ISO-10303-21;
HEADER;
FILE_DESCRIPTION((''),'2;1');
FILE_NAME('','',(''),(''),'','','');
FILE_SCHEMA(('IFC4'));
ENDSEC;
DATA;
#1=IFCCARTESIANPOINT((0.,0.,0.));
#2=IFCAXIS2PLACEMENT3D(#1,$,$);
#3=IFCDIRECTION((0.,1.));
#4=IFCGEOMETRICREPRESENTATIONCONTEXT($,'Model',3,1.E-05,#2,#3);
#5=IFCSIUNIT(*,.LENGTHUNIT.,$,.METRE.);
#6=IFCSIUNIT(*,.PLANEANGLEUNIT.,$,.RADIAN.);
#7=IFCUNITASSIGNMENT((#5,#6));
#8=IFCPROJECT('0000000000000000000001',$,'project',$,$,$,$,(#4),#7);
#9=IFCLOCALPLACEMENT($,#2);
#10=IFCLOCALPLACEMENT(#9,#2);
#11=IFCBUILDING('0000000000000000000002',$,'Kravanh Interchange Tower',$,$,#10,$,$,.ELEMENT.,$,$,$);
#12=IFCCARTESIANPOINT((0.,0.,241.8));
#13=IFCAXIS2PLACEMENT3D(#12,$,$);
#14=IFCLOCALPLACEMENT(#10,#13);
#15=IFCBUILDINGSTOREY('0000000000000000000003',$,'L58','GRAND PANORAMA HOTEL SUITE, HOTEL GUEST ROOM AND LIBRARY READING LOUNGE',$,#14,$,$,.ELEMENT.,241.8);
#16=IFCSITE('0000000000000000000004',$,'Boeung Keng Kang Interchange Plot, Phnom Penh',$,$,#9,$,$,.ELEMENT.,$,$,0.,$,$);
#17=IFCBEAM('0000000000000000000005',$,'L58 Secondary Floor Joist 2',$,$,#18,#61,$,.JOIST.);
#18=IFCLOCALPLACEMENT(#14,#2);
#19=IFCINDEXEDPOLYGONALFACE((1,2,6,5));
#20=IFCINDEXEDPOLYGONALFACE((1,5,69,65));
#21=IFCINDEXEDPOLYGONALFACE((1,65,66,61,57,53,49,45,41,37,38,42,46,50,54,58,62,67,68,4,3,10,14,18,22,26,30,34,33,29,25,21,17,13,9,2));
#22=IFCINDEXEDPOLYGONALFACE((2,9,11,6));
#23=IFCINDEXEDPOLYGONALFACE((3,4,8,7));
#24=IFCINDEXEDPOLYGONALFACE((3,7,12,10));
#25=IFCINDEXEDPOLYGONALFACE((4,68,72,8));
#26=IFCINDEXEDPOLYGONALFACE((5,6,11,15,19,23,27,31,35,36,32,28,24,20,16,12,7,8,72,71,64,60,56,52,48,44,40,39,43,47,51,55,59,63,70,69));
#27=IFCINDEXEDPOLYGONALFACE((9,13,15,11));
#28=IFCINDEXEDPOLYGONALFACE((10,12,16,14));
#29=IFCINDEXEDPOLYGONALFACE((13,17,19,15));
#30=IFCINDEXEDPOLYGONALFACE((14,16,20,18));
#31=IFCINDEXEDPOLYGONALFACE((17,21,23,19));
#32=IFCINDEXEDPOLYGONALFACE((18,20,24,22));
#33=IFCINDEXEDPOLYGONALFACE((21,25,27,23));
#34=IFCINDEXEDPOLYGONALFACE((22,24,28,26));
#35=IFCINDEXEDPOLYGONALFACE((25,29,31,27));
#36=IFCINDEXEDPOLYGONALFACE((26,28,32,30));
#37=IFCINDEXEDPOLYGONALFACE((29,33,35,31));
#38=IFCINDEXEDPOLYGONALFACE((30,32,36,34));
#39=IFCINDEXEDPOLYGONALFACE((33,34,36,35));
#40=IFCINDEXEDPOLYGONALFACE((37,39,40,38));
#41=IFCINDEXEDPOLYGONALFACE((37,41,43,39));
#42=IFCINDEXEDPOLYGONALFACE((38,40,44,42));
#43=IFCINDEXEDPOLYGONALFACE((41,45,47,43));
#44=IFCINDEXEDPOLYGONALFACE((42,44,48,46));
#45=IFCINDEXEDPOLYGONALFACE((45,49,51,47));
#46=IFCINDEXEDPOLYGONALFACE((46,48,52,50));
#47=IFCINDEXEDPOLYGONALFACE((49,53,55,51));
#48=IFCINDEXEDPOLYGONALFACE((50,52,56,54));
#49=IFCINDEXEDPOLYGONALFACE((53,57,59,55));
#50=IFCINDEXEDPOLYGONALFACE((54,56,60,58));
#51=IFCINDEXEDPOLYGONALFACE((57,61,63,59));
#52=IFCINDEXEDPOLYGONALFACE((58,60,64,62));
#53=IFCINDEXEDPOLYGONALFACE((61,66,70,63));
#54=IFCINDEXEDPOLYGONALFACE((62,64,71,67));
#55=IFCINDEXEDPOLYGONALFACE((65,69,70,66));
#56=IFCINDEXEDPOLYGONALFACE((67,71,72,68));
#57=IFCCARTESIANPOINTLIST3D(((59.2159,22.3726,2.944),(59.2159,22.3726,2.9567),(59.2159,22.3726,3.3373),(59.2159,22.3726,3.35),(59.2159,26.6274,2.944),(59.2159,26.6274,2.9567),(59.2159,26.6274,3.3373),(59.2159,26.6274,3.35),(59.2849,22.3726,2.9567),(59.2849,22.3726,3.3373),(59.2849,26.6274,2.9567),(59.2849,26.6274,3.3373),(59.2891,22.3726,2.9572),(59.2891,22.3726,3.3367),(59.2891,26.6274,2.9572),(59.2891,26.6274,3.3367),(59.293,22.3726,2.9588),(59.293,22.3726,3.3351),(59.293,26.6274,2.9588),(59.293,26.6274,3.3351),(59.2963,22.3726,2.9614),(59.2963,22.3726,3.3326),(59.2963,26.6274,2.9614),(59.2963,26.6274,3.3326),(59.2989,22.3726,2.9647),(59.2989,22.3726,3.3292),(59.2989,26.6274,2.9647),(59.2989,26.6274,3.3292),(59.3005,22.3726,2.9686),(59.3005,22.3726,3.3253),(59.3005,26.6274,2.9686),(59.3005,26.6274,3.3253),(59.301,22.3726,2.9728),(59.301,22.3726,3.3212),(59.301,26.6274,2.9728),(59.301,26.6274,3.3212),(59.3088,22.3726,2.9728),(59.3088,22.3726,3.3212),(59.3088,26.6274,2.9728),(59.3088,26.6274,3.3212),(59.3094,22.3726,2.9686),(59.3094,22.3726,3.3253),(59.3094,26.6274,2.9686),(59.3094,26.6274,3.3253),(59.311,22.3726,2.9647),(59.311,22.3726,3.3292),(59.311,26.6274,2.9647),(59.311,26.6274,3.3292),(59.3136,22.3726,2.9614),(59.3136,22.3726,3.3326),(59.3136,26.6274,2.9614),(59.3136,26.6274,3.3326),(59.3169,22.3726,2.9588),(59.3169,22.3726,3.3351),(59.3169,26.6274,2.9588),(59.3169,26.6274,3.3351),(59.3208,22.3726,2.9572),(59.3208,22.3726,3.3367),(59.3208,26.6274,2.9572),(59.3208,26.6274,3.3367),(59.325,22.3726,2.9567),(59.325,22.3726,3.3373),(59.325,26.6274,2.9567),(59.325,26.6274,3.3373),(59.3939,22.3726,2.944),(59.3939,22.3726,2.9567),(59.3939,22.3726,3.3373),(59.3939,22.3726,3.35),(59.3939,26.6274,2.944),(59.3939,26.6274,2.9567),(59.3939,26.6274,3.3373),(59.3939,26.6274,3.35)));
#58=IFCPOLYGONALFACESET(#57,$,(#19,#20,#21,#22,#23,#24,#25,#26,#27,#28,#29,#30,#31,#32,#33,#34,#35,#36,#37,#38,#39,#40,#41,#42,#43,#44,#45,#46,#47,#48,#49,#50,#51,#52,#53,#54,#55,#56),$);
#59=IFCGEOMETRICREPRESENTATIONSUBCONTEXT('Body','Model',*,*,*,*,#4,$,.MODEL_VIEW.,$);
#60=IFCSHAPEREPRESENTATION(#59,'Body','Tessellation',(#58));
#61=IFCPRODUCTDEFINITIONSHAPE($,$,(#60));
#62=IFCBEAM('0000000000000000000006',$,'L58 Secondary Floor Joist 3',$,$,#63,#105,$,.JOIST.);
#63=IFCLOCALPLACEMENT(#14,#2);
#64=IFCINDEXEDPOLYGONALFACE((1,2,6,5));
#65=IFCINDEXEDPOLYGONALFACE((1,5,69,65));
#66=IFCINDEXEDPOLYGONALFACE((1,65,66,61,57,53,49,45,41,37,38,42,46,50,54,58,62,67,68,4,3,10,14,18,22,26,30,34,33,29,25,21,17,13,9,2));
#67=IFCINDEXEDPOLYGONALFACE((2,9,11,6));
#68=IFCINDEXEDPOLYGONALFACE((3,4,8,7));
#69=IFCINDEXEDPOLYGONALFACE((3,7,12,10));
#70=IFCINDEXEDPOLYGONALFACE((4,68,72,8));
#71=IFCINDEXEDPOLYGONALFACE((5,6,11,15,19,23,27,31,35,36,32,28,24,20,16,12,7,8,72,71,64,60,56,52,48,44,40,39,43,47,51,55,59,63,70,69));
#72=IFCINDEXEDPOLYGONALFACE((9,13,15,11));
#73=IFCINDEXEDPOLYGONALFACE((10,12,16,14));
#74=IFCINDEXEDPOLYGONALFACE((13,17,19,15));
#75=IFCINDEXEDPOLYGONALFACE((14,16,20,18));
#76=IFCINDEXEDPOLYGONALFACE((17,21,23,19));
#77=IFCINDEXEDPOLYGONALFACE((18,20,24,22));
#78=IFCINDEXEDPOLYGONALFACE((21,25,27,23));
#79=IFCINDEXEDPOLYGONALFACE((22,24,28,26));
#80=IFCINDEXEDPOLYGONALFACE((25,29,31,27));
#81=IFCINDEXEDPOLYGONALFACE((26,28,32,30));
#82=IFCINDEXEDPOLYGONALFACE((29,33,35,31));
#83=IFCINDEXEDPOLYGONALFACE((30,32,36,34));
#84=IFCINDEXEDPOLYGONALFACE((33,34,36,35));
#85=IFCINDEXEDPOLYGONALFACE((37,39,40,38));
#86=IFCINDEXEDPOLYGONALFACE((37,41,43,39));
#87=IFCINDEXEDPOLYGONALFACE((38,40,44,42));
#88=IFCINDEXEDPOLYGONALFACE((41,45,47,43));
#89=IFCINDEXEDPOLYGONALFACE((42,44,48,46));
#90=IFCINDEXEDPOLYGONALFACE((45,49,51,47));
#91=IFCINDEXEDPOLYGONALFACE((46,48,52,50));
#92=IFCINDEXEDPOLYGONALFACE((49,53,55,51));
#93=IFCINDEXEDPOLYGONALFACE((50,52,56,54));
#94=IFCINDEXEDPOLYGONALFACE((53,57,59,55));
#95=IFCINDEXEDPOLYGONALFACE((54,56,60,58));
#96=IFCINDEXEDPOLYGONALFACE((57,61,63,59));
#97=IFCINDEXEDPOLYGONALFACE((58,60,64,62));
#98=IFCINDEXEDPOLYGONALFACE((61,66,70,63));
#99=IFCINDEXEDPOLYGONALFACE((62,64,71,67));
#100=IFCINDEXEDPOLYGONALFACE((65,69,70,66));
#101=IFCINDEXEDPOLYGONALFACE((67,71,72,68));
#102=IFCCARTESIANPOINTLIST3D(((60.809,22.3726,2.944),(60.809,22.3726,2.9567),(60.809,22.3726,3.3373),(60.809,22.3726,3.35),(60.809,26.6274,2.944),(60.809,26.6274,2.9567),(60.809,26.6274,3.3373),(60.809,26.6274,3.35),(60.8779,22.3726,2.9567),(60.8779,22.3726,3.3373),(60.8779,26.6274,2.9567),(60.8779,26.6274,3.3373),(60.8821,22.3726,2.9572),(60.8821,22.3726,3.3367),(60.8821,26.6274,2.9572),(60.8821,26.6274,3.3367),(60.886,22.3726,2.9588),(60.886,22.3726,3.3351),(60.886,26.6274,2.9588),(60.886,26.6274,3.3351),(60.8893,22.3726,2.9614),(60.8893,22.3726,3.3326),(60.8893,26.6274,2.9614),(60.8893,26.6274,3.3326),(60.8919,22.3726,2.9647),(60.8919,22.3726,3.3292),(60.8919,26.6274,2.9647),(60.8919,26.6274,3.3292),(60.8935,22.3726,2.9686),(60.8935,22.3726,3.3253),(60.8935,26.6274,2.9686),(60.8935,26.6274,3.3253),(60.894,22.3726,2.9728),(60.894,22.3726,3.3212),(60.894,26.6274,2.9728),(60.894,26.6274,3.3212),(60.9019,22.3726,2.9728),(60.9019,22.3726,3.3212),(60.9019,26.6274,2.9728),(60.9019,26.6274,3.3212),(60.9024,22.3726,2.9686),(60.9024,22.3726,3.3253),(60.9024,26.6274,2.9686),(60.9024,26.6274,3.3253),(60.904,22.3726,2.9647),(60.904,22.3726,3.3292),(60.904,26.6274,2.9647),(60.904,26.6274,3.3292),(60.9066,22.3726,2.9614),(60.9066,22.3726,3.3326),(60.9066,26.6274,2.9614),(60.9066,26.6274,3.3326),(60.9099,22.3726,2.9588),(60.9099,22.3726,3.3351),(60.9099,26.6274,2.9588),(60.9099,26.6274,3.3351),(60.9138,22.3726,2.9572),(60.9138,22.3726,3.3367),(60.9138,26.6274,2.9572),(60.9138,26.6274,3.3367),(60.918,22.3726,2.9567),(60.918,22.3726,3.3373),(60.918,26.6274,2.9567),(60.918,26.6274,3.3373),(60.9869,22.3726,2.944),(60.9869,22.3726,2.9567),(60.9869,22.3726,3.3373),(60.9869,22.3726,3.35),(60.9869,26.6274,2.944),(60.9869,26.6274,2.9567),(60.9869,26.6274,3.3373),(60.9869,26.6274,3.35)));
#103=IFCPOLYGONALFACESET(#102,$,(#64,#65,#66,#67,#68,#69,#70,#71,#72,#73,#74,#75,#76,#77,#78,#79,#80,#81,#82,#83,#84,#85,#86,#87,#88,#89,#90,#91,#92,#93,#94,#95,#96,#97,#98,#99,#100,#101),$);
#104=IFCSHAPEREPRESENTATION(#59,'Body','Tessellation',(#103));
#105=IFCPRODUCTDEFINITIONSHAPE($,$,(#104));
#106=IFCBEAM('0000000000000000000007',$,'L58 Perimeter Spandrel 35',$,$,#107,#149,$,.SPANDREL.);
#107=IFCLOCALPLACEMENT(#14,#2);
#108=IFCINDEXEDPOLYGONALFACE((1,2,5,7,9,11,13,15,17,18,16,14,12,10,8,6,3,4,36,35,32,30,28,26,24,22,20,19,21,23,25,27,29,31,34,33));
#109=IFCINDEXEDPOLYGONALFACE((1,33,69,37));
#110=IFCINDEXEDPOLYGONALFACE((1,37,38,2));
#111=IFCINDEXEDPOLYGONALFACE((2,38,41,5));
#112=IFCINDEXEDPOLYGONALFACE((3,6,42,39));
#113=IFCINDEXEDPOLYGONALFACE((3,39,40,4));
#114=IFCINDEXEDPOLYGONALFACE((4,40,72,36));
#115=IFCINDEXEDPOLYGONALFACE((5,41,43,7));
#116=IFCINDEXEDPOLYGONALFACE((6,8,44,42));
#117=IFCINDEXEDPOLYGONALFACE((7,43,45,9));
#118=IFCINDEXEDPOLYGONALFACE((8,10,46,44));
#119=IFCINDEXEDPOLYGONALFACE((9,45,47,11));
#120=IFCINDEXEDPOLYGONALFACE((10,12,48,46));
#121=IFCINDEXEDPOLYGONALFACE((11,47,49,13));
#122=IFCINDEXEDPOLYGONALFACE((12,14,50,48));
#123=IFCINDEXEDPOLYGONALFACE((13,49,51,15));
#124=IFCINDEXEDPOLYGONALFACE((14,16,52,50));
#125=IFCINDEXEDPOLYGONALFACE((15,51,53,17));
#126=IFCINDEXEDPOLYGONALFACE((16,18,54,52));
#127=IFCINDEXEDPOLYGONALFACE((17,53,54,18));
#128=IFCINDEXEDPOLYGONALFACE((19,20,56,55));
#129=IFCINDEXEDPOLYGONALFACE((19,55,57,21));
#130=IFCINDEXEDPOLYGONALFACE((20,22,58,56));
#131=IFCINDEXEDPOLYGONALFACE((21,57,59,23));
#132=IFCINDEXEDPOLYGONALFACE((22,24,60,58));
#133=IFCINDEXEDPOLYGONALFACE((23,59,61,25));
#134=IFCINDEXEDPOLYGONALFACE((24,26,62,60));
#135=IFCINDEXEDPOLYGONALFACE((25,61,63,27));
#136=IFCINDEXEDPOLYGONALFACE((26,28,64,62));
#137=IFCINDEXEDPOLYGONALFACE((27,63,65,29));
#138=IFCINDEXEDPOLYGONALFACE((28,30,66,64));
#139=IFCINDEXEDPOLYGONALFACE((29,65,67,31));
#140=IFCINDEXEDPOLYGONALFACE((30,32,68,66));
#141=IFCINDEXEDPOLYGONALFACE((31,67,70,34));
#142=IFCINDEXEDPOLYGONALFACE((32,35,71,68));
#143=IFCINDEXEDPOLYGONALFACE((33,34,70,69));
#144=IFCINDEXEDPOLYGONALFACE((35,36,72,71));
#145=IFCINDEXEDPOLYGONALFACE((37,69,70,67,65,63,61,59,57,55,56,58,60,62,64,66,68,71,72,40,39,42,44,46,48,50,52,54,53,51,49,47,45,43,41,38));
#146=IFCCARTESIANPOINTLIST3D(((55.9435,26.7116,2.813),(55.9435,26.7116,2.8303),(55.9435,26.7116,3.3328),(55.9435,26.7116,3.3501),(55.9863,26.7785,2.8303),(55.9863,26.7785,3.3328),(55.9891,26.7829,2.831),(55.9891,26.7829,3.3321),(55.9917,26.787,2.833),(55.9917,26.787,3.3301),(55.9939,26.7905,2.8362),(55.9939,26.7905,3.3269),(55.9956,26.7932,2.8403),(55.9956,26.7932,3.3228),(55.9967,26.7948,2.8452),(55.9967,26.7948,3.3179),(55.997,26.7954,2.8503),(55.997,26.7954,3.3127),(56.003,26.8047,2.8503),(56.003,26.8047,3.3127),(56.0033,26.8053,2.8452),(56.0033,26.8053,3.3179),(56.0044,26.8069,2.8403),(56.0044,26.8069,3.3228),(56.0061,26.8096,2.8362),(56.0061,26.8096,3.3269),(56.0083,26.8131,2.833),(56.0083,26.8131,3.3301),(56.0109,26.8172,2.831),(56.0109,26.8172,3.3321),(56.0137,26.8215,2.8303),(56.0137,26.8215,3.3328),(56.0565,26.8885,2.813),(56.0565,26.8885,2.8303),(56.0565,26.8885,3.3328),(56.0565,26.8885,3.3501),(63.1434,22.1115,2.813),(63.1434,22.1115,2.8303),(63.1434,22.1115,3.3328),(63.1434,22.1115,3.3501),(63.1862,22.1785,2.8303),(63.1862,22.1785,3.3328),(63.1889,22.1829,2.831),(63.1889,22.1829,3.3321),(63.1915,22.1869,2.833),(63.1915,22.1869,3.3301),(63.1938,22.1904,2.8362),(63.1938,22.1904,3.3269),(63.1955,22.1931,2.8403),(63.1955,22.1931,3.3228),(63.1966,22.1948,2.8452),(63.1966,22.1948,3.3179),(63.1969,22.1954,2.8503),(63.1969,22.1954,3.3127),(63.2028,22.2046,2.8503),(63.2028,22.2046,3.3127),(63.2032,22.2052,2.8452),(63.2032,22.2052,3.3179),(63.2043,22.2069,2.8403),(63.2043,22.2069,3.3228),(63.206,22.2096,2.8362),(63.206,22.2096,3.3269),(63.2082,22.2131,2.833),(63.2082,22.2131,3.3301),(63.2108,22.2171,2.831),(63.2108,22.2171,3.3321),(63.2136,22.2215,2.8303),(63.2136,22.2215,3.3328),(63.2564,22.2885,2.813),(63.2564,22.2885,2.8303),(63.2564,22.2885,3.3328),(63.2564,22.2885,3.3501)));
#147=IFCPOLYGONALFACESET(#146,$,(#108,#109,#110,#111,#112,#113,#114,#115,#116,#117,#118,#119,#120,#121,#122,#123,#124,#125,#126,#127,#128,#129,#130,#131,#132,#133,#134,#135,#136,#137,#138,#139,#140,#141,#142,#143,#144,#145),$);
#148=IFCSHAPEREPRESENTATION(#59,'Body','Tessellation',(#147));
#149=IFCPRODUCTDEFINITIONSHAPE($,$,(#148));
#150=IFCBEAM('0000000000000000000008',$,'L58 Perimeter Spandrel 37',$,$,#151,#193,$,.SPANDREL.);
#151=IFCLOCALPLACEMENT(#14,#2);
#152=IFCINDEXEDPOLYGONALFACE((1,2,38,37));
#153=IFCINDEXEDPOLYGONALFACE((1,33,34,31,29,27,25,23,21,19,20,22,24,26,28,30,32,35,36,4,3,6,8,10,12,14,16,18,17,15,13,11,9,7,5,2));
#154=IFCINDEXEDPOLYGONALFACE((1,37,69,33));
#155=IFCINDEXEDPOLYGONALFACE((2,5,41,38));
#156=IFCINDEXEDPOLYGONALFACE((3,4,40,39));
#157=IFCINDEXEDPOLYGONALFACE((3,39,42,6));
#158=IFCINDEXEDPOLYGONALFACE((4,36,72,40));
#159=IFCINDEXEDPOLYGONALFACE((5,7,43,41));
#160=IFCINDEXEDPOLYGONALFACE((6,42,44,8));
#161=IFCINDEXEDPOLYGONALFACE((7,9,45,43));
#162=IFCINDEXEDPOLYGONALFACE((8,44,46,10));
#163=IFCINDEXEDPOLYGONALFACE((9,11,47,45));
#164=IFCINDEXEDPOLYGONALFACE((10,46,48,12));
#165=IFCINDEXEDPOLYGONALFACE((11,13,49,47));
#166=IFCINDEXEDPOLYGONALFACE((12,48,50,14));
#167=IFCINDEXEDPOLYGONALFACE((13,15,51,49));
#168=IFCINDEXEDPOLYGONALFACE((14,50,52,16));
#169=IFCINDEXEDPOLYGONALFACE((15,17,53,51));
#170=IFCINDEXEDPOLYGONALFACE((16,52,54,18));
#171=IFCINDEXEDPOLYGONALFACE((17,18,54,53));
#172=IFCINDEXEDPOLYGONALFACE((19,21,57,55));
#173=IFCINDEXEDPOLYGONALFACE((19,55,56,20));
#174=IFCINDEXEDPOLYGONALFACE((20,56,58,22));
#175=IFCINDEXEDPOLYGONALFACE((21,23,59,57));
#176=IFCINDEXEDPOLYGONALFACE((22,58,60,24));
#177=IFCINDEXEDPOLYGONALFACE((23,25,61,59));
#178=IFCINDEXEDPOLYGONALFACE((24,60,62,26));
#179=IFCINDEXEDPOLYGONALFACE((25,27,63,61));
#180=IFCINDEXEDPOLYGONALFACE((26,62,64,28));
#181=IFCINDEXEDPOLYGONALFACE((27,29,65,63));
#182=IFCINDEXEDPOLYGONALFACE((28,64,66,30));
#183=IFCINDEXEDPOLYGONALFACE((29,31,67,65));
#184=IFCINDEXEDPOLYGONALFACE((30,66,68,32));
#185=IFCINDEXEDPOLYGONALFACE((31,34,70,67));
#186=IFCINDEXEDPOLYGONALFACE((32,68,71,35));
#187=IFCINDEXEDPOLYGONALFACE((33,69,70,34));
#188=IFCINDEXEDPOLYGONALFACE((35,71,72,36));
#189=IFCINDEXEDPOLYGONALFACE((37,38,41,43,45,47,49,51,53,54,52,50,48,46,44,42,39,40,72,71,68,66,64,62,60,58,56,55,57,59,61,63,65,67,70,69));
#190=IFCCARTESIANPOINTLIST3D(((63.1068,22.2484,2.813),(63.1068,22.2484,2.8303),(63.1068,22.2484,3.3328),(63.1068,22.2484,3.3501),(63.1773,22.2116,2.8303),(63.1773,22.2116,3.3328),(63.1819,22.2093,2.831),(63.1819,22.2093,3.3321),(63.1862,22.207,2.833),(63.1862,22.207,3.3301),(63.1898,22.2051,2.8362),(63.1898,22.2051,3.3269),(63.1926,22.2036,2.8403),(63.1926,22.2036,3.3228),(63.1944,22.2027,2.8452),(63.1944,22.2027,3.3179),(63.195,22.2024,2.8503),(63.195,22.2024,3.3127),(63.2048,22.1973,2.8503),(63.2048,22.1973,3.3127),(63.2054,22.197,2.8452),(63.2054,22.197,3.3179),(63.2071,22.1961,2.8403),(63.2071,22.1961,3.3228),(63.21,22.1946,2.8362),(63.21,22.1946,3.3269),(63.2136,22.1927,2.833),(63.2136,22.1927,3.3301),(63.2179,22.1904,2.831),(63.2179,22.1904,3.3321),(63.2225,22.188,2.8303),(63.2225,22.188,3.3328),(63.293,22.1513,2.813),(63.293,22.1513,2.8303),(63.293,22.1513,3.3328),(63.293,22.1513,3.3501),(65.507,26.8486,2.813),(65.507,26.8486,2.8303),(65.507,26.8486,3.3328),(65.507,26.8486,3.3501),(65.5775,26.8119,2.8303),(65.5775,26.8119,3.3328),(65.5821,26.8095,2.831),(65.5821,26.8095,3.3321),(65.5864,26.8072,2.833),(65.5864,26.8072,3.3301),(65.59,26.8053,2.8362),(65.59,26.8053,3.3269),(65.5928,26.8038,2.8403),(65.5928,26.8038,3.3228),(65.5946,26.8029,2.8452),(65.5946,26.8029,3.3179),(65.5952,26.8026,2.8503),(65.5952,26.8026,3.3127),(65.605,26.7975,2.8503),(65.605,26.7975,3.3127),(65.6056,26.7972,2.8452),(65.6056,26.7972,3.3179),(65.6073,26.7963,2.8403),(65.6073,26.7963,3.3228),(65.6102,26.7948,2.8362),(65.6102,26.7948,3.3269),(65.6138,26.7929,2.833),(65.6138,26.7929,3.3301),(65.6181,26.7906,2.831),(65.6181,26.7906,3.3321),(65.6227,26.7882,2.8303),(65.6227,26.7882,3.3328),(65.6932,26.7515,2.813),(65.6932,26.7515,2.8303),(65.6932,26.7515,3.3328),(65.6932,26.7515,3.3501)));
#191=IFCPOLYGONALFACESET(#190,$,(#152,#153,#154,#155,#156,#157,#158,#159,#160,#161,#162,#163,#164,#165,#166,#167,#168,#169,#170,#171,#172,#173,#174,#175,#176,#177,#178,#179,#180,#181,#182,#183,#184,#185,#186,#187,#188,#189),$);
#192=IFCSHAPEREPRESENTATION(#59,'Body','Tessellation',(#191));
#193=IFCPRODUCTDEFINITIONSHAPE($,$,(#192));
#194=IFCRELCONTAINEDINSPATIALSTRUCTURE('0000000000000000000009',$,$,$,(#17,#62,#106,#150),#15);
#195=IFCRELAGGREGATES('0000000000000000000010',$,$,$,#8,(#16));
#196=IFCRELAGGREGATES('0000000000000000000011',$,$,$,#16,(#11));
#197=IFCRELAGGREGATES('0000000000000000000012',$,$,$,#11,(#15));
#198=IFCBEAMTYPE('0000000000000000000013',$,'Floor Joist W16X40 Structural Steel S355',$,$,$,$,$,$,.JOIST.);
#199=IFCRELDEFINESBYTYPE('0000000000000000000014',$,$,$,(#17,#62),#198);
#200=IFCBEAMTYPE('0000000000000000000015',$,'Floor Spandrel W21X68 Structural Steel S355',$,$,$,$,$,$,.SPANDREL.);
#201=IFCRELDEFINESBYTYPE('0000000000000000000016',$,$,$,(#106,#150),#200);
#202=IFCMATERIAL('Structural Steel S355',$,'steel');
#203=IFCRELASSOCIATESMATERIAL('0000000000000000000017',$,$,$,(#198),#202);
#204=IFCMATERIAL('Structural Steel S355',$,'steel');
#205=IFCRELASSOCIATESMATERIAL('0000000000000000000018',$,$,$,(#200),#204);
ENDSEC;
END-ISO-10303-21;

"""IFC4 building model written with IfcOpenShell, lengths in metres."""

from ifc_helpers import new_model, si_unit, direction, frame, origin, origin_2d, place, context, subcontext, project, spatial, i_section, extrude, material, material_profile, profile_set, type_object, element, save


model = new_model("IFC4")

# Units and contexts
model_context = context("Model", 3, precision=1e-05, world=origin(), true_north=direction((0.0, 1.0)))
body_context = subcontext(model_context, "Body", "Model", "MODEL_VIEW")
ifc_project = project(units=[si_unit("LENGTHUNIT", "METRE"), si_unit("PLANEANGLEUNIT", "RADIAN")], contexts=[model_context])

# Site, building, storey
site_placement = place(None, origin())
site = spatial("IfcSite", under=ifc_project, at=site_placement, Name="Boeung Keng Kang Interchange Plot, Phnom Penh", CompositionType="ELEMENT", RefElevation=0.0)
building_placement = place(site_placement, origin())
building = spatial("IfcBuilding", under=site, at=building_placement, Name="Kravanh Interchange Tower", CompositionType="ELEMENT")
storey_placement = place(building_placement, frame((0.0, 0.0, 241.8)))
storey = spatial("IfcBuildingStorey", under=building, at=storey_placement, Name="L58", Description="GRAND PANORAMA HOTEL SUITE, HOTEL GUEST ROOM AND LIBRARY READING LOUNGE", CompositionType="ELEMENT", Elevation=241.8)

# Beams
ifc_material_1 = material(Name="Structural Steel S355", Category="steel")
ifc_material_profile_1 = material_profile(ifc_material_1, i_section(OverallWidth=0.178, OverallDepth=0.406, WebThickness=0.0078, FlangeThickness=0.0127, FilletRadius=0.0161, at=origin_2d()), Name="W16X40")
ifc_profile_set_1 = profile_set([ifc_material_profile_1], Name="Structural Steel S355")
beam_type_1 = type_object("IfcBeamType", Name="Floor Joist W16X40 Structural Steel S355", PredefinedType="JOIST", material=ifc_profile_set_1)
for number, where, z_axis, x_axis, name in (
    (1, (59.3049, 22.3726, 3.147), (0.0, 1.0, 0.0), (-1.0, 0.0, 0.0), "L58 Secondary Floor Joist 2"),
    (2, (60.8979, 22.3726, 3.147), (0.0, 1.0, 0.0), (-1.0, 0.0, 0.0), "L58 Secondary Floor Joist 3"),
):
    element("IfcBeam", number, at=place(storey_placement, frame(where, z_axis=z_axis, x_axis=x_axis)), inside=storey, type_object=beam_type_1, Name=name, PredefinedType="JOIST", context=body_context, shape_type="SweptSolid", body=[
        extrude(i_section(OverallWidth=0.178, OverallDepth=0.406, WebThickness=0.0078, FlangeThickness=0.0127, FilletRadius=0.0161, at=origin_2d()), origin(), (0.0, 0.0, 1.0), 4.2549),
    ])
ifc_material_2 = material(Name="Structural Steel S355", Category="steel")
ifc_material_profile_2 = material_profile(ifc_material_2, i_section(OverallWidth=0.21, OverallDepth=0.5371, WebThickness=0.011, FlangeThickness=0.0173, FilletRadius=0.02, at=origin_2d()), Name="W21X68")
ifc_profile_set_2 = profile_set([ifc_material_profile_2], Name="Structural Steel S355")
beam_type_2 = type_object("IfcBeamType", Name="Floor Spandrel W21X68 Structural Steel S355", PredefinedType="SPANDREL", material=ifc_profile_set_2)
beam_1_placement = place(storey_placement, frame((56.0, 26.8, 3.0815), z_axis=(0.842689, -0.5384, 0.0), x_axis=(0.5384, 0.842689, 0.0)))
element("IfcBeam", 3, at=beam_1_placement, inside=storey, type_object=beam_type_2, Name="L58 Perimeter Spandrel 35", PredefinedType="SPANDREL", context=body_context, shape_type="SweptSolid", body=[
    extrude(i_section(OverallWidth=0.21, OverallDepth=0.5371, WebThickness=0.011, FlangeThickness=0.0173, FilletRadius=0.02, at=origin_2d()), origin(), (0.0, 0.0, 1.0), 8.5439),
])
beam_2_placement = place(storey_placement, frame((65.6001, 26.8, 3.0815), z_axis=(-0.46258, -0.886577, 0.0), x_axis=(0.886577, -0.46258, 0.0)))
element("IfcBeam", 4, at=beam_2_placement, inside=storey, type_object=beam_type_2, Name="L58 Perimeter Spandrel 37", PredefinedType="SPANDREL", context=body_context, shape_type="SweptSolid", body=[
    extrude(i_section(OverallWidth=0.21, OverallDepth=0.5371, WebThickness=0.011, FlangeThickness=0.0173, FilletRadius=0.02, at=origin_2d()), origin(), (0.0, 0.0, 1.0), 5.1887),
])

save(model, "model.ifc")
